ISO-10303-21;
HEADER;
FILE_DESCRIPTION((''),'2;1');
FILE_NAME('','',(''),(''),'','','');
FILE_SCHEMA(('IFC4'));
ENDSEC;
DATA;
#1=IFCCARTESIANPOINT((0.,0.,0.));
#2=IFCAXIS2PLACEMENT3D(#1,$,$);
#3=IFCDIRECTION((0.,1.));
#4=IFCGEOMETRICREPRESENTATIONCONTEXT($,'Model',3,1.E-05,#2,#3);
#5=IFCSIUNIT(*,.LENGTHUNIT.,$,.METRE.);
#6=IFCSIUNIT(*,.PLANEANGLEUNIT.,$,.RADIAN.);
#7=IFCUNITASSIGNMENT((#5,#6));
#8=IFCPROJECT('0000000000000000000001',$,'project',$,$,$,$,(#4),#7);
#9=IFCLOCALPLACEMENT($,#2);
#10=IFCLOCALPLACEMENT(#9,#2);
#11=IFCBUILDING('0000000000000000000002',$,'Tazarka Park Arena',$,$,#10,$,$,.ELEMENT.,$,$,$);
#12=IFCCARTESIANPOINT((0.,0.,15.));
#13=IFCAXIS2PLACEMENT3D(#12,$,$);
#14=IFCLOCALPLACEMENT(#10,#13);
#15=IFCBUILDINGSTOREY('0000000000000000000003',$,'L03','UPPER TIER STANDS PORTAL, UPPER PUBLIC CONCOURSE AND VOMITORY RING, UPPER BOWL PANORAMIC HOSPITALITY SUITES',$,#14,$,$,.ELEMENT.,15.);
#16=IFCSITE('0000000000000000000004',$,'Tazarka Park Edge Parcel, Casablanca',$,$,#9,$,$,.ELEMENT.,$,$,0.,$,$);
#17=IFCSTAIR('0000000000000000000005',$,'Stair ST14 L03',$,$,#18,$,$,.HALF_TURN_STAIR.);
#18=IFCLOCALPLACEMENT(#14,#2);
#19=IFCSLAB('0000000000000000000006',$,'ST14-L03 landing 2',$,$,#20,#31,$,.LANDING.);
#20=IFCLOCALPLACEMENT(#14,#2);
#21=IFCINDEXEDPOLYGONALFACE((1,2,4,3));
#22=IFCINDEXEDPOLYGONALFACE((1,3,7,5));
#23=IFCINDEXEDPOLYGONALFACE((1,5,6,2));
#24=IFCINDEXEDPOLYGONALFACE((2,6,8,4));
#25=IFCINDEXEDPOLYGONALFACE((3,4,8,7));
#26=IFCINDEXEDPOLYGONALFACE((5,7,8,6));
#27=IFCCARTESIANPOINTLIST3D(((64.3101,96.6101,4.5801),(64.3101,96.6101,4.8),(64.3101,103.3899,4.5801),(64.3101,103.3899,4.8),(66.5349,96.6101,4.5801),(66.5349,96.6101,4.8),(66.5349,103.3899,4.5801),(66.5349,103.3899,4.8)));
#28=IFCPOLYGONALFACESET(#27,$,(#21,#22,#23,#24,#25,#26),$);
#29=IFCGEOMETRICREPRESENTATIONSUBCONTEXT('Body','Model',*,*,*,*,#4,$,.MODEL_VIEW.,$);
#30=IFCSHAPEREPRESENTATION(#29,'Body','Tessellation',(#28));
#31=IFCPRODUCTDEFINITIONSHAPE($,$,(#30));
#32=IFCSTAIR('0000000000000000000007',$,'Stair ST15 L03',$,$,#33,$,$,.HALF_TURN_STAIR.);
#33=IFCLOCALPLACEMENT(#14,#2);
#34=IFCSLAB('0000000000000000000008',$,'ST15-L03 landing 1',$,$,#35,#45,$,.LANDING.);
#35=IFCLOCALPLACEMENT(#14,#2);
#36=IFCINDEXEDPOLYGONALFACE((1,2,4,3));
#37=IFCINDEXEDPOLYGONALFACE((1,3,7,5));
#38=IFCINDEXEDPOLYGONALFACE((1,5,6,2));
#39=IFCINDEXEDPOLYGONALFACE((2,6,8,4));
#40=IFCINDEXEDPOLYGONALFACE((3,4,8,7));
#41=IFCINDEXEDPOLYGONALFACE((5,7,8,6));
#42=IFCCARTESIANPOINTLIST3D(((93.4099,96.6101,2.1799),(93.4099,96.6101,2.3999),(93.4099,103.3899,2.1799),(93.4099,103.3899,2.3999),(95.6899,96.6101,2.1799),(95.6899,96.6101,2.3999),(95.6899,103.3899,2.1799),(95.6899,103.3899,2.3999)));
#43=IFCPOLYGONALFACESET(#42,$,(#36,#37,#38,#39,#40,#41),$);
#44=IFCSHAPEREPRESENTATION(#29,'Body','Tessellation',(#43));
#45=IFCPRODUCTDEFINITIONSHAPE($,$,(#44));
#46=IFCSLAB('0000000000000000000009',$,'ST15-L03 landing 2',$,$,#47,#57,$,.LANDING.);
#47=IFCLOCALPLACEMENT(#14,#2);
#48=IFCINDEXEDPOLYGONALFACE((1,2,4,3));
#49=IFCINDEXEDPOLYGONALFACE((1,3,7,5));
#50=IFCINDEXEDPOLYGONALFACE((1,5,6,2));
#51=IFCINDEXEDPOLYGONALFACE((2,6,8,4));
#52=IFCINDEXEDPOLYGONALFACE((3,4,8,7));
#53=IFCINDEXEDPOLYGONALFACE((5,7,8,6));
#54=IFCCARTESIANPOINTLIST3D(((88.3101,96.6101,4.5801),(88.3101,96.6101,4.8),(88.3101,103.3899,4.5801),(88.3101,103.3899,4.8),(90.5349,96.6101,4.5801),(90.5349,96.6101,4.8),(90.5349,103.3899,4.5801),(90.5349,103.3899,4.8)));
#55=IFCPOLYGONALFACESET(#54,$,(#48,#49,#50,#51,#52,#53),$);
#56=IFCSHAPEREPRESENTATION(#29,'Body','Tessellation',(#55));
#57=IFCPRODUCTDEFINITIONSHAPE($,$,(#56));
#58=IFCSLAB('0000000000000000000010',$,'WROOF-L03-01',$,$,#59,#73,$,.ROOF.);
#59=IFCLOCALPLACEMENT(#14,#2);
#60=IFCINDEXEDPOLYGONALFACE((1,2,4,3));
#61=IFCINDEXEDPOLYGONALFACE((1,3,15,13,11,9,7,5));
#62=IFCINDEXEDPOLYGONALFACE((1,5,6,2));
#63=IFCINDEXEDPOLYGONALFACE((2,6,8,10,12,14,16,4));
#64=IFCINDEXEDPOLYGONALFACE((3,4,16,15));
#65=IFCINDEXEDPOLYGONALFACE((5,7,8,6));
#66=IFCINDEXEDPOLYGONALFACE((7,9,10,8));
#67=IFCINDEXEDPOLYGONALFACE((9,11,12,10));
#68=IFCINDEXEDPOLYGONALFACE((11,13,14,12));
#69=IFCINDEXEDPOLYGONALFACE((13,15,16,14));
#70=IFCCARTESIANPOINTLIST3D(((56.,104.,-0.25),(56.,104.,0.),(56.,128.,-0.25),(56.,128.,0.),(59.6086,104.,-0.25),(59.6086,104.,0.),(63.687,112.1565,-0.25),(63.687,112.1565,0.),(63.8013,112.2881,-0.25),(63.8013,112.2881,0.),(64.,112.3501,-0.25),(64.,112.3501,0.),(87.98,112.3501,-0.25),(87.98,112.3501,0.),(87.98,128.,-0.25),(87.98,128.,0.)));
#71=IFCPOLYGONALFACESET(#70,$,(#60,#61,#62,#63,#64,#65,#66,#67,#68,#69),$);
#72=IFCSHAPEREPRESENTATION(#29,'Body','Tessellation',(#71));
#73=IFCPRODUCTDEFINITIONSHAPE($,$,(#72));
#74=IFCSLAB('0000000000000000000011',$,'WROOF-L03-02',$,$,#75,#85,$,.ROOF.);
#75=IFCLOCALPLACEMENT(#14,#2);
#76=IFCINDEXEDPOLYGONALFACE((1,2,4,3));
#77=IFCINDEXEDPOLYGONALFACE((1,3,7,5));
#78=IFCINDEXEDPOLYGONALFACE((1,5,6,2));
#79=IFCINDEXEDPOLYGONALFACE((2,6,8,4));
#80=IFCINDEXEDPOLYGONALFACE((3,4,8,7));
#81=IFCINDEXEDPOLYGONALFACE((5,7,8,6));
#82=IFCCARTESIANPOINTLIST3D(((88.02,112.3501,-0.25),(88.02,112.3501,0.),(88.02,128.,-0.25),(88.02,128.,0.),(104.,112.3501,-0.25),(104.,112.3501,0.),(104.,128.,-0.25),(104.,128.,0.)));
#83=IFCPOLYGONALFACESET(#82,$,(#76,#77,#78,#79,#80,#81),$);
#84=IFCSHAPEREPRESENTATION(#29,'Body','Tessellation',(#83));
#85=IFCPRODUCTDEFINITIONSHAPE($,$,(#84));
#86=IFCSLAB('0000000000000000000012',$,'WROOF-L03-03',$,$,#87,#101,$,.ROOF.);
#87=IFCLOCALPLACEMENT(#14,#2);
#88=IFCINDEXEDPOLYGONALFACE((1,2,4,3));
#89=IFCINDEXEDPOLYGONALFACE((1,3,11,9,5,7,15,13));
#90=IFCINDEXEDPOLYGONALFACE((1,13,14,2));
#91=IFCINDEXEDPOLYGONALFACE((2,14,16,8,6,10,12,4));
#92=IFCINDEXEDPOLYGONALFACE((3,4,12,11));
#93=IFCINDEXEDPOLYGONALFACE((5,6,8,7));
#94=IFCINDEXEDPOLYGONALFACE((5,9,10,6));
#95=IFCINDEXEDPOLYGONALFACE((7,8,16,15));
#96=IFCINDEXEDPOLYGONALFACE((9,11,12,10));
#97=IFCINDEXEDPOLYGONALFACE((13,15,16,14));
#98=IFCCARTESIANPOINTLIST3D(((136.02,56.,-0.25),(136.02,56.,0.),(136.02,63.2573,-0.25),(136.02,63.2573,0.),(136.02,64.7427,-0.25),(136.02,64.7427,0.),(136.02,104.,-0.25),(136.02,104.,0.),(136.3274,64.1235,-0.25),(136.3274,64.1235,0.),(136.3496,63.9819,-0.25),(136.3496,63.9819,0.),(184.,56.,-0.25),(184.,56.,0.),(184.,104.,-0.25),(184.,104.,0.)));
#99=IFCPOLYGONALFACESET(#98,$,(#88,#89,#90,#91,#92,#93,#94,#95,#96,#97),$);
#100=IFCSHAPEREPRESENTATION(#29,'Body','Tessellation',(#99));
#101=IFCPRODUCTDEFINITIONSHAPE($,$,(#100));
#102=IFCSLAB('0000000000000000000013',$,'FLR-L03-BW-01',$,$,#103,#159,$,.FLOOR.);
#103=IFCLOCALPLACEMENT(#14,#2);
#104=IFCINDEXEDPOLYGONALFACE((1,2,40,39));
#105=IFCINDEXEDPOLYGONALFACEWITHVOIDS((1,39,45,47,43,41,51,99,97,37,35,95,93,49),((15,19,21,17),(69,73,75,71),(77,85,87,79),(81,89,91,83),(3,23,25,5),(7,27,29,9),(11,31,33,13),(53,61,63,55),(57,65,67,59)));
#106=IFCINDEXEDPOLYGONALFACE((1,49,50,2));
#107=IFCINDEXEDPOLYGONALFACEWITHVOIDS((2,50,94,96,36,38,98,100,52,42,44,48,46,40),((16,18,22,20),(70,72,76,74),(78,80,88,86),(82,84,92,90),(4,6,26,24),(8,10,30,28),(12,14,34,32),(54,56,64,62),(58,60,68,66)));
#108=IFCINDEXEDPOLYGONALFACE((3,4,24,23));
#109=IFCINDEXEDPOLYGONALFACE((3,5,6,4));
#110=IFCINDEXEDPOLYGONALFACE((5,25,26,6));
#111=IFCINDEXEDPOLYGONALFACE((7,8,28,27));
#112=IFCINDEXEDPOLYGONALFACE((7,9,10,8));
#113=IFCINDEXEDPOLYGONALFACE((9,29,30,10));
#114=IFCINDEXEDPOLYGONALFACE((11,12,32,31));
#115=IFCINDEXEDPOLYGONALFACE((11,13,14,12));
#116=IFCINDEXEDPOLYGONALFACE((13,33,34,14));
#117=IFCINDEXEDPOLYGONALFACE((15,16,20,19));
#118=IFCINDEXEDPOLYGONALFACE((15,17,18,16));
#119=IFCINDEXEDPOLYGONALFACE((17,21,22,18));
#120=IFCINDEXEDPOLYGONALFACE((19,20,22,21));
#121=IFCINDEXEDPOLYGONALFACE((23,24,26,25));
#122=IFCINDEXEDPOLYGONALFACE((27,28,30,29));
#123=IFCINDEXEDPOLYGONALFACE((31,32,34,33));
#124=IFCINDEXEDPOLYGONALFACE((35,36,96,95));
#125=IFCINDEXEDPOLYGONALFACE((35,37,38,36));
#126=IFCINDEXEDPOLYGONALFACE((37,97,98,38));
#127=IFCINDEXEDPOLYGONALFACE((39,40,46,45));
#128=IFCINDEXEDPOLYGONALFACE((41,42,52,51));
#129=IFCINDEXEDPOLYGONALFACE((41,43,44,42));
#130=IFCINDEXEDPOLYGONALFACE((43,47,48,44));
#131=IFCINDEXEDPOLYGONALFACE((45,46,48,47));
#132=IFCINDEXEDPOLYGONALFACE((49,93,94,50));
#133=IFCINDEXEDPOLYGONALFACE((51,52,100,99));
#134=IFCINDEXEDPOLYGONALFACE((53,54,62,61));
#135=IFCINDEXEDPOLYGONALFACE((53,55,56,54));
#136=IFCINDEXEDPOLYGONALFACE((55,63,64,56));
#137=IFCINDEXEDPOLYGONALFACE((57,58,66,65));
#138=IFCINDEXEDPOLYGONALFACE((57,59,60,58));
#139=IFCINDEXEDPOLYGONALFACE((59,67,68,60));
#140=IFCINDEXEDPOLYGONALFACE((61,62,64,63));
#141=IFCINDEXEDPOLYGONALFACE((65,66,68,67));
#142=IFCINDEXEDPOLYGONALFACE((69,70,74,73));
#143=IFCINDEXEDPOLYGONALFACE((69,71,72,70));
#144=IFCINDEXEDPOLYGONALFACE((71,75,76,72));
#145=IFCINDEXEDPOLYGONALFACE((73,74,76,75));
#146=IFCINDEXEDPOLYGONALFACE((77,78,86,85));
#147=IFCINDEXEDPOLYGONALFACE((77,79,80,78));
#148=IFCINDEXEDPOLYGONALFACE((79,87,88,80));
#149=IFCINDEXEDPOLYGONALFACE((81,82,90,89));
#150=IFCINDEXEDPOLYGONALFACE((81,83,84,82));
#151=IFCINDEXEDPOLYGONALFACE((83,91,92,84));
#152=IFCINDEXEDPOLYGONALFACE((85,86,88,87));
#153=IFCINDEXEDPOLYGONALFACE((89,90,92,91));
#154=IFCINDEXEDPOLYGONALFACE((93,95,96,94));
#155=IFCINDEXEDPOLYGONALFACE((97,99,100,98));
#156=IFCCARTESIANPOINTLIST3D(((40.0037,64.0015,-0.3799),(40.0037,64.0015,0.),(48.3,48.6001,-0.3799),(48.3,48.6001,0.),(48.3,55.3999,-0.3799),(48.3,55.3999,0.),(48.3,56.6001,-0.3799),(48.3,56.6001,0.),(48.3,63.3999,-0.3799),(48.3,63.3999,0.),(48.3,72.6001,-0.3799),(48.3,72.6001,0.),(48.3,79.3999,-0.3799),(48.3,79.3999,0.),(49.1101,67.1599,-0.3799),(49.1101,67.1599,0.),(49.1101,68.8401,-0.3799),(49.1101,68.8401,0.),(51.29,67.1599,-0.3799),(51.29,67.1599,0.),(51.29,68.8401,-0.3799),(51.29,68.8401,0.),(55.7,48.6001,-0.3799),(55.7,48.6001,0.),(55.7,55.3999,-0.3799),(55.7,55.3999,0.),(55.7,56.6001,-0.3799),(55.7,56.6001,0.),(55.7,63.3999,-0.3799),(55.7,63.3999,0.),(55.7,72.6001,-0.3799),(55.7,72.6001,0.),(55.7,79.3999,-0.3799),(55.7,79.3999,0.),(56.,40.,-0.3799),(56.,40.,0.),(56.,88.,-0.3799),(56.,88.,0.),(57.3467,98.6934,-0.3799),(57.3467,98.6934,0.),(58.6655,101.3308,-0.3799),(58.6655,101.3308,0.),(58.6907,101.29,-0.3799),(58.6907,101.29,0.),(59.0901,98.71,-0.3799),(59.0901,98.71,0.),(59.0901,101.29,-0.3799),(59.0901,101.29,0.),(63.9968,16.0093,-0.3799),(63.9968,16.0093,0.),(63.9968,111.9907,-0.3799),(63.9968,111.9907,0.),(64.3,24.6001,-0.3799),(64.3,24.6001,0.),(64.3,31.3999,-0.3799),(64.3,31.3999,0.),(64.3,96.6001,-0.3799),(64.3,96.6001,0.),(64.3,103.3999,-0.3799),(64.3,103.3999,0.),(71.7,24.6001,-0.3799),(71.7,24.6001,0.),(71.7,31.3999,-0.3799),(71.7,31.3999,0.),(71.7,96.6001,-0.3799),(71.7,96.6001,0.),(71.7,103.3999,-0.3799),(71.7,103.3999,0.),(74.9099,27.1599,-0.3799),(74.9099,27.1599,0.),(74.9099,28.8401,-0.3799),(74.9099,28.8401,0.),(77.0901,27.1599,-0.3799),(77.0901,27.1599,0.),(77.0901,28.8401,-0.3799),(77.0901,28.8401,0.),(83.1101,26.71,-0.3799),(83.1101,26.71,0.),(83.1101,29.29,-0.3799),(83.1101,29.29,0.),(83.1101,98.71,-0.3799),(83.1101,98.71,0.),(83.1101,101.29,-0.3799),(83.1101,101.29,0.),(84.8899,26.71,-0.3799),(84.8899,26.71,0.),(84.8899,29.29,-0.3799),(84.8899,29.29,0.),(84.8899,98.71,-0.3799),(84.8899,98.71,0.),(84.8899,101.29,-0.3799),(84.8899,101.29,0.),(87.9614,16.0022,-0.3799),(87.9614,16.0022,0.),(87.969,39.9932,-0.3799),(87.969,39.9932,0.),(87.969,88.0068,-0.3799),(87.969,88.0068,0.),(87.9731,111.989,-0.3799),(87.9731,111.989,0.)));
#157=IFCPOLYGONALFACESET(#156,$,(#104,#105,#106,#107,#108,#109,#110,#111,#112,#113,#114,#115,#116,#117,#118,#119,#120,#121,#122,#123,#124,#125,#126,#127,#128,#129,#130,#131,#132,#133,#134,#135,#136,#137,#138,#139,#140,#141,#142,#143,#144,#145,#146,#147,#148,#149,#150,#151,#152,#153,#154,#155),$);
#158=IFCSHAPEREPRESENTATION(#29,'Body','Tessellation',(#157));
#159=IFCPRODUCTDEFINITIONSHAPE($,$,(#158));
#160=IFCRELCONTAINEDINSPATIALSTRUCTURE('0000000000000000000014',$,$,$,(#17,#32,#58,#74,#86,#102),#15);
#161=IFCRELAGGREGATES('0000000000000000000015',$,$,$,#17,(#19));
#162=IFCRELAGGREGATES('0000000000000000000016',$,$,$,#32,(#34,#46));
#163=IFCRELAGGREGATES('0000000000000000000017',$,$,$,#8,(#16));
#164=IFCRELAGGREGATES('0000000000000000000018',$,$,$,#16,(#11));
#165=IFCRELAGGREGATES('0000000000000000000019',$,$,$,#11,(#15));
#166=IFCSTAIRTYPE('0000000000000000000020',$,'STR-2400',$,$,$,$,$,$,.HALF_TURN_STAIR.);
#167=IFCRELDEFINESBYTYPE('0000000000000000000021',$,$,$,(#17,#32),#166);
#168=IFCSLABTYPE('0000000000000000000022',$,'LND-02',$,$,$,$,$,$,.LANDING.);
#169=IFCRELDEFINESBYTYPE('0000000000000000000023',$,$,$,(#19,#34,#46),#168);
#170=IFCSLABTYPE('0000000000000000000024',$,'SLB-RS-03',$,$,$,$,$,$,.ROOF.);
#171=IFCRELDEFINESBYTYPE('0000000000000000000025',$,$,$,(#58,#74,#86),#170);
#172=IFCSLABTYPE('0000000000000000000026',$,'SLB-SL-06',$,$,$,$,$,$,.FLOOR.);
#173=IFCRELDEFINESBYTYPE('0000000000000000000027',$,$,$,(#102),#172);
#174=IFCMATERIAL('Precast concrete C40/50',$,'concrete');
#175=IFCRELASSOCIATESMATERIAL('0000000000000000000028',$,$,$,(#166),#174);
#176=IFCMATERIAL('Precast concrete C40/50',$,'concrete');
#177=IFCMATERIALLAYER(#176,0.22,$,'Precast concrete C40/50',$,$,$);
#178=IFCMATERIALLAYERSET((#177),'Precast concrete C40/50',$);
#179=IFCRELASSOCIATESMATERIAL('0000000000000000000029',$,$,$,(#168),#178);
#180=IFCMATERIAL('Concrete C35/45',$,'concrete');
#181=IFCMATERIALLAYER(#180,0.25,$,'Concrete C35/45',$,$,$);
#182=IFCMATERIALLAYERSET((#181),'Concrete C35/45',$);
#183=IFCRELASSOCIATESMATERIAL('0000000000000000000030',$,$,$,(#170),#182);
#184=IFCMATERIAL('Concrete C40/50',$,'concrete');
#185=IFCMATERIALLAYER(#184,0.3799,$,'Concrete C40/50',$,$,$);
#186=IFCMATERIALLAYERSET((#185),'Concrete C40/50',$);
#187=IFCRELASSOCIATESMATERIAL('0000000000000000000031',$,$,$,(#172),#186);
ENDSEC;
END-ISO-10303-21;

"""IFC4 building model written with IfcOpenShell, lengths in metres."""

from ifc_helpers import new_model, si_unit, direction, frame, origin, place, context, subcontext, project, spatial, polyline, outline, extrude, material, layer, layer_set, type_object, element, aggregate, save


model = new_model("IFC4")

# Units and contexts
model_context = context("Model", 3, precision=1e-05, world=origin(), true_north=direction((0.0, 1.0)))
body_context = subcontext(model_context, "Body", "Model", "MODEL_VIEW")
ifc_project = project(units=[si_unit("LENGTHUNIT", "METRE"), si_unit("PLANEANGLEUNIT", "RADIAN")], contexts=[model_context])

# Site, building, storey
site_placement = place(None, origin())
site = spatial("IfcSite", under=ifc_project, at=site_placement, Name="Tazarka Park Edge Parcel, Casablanca", CompositionType="ELEMENT", RefElevation=0.0)
building_placement = place(site_placement, origin())
building = spatial("IfcBuilding", under=site, at=building_placement, Name="Tazarka Park Arena", CompositionType="ELEMENT")
storey_placement = place(building_placement, frame((0.0, 0.0, 15.0)))
storey = spatial("IfcBuildingStorey", under=building, at=storey_placement, Name="L03", Description="UPPER TIER STANDS PORTAL, UPPER PUBLIC CONCOURSE AND VOMITORY RING, UPPER BOWL PANORAMIC HOSPITALITY SUITES", CompositionType="ELEMENT", Elevation=15.0)

# Stairs, slabs
ifc_material_1 = material(Name="Precast concrete C40/50", Category="concrete")
stair_type = type_object("IfcStairType", Name="STR-2400", PredefinedType="HALF_TURN_STAIR", material=ifc_material_1)
ifc_material_2 = material(Name="Precast concrete C40/50", Category="concrete")
ifc_layer_1 = layer(ifc_material_2, 0.22, Name="Precast concrete C40/50")
ifc_layer_set_1 = layer_set([ifc_layer_1], Name="Precast concrete C40/50")
slab_type_1 = type_object("IfcSlabType", Name="LND-02", PredefinedType="LANDING", material=ifc_layer_set_1)
stair_1_placement = place(storey_placement, origin())
stair_1 = element("IfcStair", 1, at=stair_1_placement, inside=storey, type_object=stair_type, Name="Stair ST14 L03", PredefinedType="HALF_TURN_STAIR")
slab_1_placement = place(storey_placement, frame((0.0, 0.0, 4.5801)))
slab_1 = element("IfcSlab", 2, at=slab_1_placement, type_object=slab_type_1, Name="ST14-L03 landing 2", PredefinedType="LANDING", context=body_context, shape_type="SweptSolid", body=[
    extrude(outline(polyline([(64.3101, 96.6101), (66.5349, 96.6101), (66.5349, 103.3899), (64.3101, 103.3899), (64.3101, 96.6101)])), origin(), (0.0, 0.0, 1.0), 0.22),
])
aggregate(stair_1, [slab_1])
stair_2_placement = place(storey_placement, origin())
stair_2 = element("IfcStair", 3, at=stair_2_placement, inside=storey, type_object=stair_type, Name="Stair ST15 L03", PredefinedType="HALF_TURN_STAIR")
slab_2_placement = place(storey_placement, frame((0.0, 0.0, 2.1799)))
slab_2 = element("IfcSlab", 4, at=slab_2_placement, type_object=slab_type_1, Name="ST15-L03 landing 1", PredefinedType="LANDING", context=body_context, shape_type="SweptSolid", body=[
    extrude(outline(polyline([(93.4099, 96.6101), (95.6899, 96.6101), (95.6899, 103.3899), (93.4099, 103.3899), (93.4099, 96.6101)])), origin(), (0.0, 0.0, 1.0), 0.22),
])
slab_3_placement = place(storey_placement, frame((0.0, 0.0, 4.5801)))
slab_3 = element("IfcSlab", 5, at=slab_3_placement, type_object=slab_type_1, Name="ST15-L03 landing 2", PredefinedType="LANDING", context=body_context, shape_type="SweptSolid", body=[
    extrude(outline(polyline([(88.3101, 96.6101), (90.5349, 96.6101), (90.5349, 103.3899), (88.3101, 103.3899), (88.3101, 96.6101)])), origin(), (0.0, 0.0, 1.0), 0.22),
])
aggregate(stair_2, [slab_2, slab_3])

# Slabs
ifc_material_3 = material(Name="Concrete C35/45", Category="concrete")
ifc_layer_2 = layer(ifc_material_3, 0.25, Name="Concrete C35/45")
ifc_layer_set_2 = layer_set([ifc_layer_2], Name="Concrete C35/45")
slab_type_2 = type_object("IfcSlabType", Name="SLB-RS-03", PredefinedType="ROOF", material=ifc_layer_set_2)
slab_4_placement = place(storey_placement, frame((0.0, 0.0, -0.25)))
element("IfcSlab", 6, at=slab_4_placement, inside=storey, type_object=slab_type_2, Name="WROOF-L03-01", PredefinedType="ROOF", context=body_context, shape_type="SweptSolid", body=[
    extrude(outline(polyline([(64.0, 112.3501), (63.8013, 112.2881), (63.687, 112.1565), (59.6086, 104.0), (56.0, 104.0), (56.0, 128.0), (87.98, 128.0), (87.98, 112.3501), (64.0, 112.3501)])), origin(), (0.0, 0.0, 1.0), 0.25),
])
slab_5_placement = place(storey_placement, frame((0.0, 0.0, -0.25)))
element("IfcSlab", 7, at=slab_5_placement, inside=storey, type_object=slab_type_2, Name="WROOF-L03-02", PredefinedType="ROOF", context=body_context, shape_type="SweptSolid", body=[
    extrude(outline(polyline([(104.0, 112.3501), (88.02, 112.3501), (88.02, 128.0), (104.0, 128.0), (104.0, 112.3501)])), origin(), (0.0, 0.0, 1.0), 0.25),
])
slab_6_placement = place(storey_placement, frame((0.0, 0.0, -0.25)))
element("IfcSlab", 8, at=slab_6_placement, inside=storey, type_object=slab_type_2, Name="WROOF-L03-03", PredefinedType="ROOF", context=body_context, shape_type="SweptSolid", body=[
    extrude(outline(polyline([(136.02, 104.0), (184.0, 104.0), (184.0, 56.0), (136.02, 56.0), (136.02, 63.2573), (136.3496, 63.9819), (136.3274, 64.1235), (136.02, 64.7427), (136.02, 104.0)])), origin(), (0.0, 0.0, 1.0), 0.25),
])
ifc_material_4 = material(Name="Concrete C40/50", Category="concrete")
ifc_layer_3 = layer(ifc_material_4, 0.3799, Name="Concrete C40/50")
ifc_layer_set_3 = layer_set([ifc_layer_3], Name="Concrete C40/50")
slab_type_3 = type_object("IfcSlabType", Name="SLB-SL-06", PredefinedType="FLOOR", material=ifc_layer_set_3)
slab_7_placement = place(storey_placement, frame((0.0, 0.0, -0.3799)))
element("IfcSlab", 9, at=slab_7_placement, inside=storey, type_object=slab_type_3, Name="FLR-L03-BW-01", PredefinedType="FLOOR", context=body_context, shape_type="SweptSolid", body=[
    extrude(outline(polyline([(56.0, 88.0), (56.0, 40.0), (87.969, 39.9932), (87.9614, 16.0022), (63.9968, 16.0093), (40.0037, 64.0015), (57.3467, 98.6934), (59.0901, 98.71), (59.0901, 101.29), (58.6907, 101.29), (58.6655, 101.3308), (63.9968, 111.9907), (87.9731, 111.989), (87.969, 88.0068), (56.0, 88.0)]), holes=[polyline([(83.1101, 26.71), (84.8899, 26.71), (84.8899, 29.29), (83.1101, 29.29), (83.1101, 26.71)]), polyline([(83.1101, 98.71), (84.8899, 98.71), (84.8899, 101.29), (83.1101, 101.29), (83.1101, 98.71)]), polyline([(74.9099, 27.1599), (77.0901, 27.1599), (77.0901, 28.8401), (74.9099, 28.8401), (74.9099, 27.1599)]), polyline([(64.3, 24.6001), (71.7, 24.6001), (71.7, 31.3999), (64.3, 31.3999), (64.3, 24.6001)]), polyline([(64.3, 96.6001), (71.7, 96.6001), (71.7, 103.3999), (64.3, 103.3999), (64.3, 96.6001)]), polyline([(48.3, 72.6001), (55.7, 72.6001), (55.7, 79.3999), (48.3, 79.3999), (48.3, 72.6001)]), polyline([(48.3, 48.6001), (55.7, 48.6001), (55.7, 55.3999), (48.3, 55.3999), (48.3, 48.6001)]), polyline([(48.3, 56.6001), (55.7, 56.6001), (55.7, 63.3999), (48.3, 63.3999), (48.3, 56.6001)]), polyline([(49.1101, 67.1599), (51.29, 67.1599), (51.29, 68.8401), (49.1101, 68.8401), (49.1101, 67.1599)])]), origin(), (0.0, 0.0, 1.0), 0.3799),
])

save(model, "model.ifc")
